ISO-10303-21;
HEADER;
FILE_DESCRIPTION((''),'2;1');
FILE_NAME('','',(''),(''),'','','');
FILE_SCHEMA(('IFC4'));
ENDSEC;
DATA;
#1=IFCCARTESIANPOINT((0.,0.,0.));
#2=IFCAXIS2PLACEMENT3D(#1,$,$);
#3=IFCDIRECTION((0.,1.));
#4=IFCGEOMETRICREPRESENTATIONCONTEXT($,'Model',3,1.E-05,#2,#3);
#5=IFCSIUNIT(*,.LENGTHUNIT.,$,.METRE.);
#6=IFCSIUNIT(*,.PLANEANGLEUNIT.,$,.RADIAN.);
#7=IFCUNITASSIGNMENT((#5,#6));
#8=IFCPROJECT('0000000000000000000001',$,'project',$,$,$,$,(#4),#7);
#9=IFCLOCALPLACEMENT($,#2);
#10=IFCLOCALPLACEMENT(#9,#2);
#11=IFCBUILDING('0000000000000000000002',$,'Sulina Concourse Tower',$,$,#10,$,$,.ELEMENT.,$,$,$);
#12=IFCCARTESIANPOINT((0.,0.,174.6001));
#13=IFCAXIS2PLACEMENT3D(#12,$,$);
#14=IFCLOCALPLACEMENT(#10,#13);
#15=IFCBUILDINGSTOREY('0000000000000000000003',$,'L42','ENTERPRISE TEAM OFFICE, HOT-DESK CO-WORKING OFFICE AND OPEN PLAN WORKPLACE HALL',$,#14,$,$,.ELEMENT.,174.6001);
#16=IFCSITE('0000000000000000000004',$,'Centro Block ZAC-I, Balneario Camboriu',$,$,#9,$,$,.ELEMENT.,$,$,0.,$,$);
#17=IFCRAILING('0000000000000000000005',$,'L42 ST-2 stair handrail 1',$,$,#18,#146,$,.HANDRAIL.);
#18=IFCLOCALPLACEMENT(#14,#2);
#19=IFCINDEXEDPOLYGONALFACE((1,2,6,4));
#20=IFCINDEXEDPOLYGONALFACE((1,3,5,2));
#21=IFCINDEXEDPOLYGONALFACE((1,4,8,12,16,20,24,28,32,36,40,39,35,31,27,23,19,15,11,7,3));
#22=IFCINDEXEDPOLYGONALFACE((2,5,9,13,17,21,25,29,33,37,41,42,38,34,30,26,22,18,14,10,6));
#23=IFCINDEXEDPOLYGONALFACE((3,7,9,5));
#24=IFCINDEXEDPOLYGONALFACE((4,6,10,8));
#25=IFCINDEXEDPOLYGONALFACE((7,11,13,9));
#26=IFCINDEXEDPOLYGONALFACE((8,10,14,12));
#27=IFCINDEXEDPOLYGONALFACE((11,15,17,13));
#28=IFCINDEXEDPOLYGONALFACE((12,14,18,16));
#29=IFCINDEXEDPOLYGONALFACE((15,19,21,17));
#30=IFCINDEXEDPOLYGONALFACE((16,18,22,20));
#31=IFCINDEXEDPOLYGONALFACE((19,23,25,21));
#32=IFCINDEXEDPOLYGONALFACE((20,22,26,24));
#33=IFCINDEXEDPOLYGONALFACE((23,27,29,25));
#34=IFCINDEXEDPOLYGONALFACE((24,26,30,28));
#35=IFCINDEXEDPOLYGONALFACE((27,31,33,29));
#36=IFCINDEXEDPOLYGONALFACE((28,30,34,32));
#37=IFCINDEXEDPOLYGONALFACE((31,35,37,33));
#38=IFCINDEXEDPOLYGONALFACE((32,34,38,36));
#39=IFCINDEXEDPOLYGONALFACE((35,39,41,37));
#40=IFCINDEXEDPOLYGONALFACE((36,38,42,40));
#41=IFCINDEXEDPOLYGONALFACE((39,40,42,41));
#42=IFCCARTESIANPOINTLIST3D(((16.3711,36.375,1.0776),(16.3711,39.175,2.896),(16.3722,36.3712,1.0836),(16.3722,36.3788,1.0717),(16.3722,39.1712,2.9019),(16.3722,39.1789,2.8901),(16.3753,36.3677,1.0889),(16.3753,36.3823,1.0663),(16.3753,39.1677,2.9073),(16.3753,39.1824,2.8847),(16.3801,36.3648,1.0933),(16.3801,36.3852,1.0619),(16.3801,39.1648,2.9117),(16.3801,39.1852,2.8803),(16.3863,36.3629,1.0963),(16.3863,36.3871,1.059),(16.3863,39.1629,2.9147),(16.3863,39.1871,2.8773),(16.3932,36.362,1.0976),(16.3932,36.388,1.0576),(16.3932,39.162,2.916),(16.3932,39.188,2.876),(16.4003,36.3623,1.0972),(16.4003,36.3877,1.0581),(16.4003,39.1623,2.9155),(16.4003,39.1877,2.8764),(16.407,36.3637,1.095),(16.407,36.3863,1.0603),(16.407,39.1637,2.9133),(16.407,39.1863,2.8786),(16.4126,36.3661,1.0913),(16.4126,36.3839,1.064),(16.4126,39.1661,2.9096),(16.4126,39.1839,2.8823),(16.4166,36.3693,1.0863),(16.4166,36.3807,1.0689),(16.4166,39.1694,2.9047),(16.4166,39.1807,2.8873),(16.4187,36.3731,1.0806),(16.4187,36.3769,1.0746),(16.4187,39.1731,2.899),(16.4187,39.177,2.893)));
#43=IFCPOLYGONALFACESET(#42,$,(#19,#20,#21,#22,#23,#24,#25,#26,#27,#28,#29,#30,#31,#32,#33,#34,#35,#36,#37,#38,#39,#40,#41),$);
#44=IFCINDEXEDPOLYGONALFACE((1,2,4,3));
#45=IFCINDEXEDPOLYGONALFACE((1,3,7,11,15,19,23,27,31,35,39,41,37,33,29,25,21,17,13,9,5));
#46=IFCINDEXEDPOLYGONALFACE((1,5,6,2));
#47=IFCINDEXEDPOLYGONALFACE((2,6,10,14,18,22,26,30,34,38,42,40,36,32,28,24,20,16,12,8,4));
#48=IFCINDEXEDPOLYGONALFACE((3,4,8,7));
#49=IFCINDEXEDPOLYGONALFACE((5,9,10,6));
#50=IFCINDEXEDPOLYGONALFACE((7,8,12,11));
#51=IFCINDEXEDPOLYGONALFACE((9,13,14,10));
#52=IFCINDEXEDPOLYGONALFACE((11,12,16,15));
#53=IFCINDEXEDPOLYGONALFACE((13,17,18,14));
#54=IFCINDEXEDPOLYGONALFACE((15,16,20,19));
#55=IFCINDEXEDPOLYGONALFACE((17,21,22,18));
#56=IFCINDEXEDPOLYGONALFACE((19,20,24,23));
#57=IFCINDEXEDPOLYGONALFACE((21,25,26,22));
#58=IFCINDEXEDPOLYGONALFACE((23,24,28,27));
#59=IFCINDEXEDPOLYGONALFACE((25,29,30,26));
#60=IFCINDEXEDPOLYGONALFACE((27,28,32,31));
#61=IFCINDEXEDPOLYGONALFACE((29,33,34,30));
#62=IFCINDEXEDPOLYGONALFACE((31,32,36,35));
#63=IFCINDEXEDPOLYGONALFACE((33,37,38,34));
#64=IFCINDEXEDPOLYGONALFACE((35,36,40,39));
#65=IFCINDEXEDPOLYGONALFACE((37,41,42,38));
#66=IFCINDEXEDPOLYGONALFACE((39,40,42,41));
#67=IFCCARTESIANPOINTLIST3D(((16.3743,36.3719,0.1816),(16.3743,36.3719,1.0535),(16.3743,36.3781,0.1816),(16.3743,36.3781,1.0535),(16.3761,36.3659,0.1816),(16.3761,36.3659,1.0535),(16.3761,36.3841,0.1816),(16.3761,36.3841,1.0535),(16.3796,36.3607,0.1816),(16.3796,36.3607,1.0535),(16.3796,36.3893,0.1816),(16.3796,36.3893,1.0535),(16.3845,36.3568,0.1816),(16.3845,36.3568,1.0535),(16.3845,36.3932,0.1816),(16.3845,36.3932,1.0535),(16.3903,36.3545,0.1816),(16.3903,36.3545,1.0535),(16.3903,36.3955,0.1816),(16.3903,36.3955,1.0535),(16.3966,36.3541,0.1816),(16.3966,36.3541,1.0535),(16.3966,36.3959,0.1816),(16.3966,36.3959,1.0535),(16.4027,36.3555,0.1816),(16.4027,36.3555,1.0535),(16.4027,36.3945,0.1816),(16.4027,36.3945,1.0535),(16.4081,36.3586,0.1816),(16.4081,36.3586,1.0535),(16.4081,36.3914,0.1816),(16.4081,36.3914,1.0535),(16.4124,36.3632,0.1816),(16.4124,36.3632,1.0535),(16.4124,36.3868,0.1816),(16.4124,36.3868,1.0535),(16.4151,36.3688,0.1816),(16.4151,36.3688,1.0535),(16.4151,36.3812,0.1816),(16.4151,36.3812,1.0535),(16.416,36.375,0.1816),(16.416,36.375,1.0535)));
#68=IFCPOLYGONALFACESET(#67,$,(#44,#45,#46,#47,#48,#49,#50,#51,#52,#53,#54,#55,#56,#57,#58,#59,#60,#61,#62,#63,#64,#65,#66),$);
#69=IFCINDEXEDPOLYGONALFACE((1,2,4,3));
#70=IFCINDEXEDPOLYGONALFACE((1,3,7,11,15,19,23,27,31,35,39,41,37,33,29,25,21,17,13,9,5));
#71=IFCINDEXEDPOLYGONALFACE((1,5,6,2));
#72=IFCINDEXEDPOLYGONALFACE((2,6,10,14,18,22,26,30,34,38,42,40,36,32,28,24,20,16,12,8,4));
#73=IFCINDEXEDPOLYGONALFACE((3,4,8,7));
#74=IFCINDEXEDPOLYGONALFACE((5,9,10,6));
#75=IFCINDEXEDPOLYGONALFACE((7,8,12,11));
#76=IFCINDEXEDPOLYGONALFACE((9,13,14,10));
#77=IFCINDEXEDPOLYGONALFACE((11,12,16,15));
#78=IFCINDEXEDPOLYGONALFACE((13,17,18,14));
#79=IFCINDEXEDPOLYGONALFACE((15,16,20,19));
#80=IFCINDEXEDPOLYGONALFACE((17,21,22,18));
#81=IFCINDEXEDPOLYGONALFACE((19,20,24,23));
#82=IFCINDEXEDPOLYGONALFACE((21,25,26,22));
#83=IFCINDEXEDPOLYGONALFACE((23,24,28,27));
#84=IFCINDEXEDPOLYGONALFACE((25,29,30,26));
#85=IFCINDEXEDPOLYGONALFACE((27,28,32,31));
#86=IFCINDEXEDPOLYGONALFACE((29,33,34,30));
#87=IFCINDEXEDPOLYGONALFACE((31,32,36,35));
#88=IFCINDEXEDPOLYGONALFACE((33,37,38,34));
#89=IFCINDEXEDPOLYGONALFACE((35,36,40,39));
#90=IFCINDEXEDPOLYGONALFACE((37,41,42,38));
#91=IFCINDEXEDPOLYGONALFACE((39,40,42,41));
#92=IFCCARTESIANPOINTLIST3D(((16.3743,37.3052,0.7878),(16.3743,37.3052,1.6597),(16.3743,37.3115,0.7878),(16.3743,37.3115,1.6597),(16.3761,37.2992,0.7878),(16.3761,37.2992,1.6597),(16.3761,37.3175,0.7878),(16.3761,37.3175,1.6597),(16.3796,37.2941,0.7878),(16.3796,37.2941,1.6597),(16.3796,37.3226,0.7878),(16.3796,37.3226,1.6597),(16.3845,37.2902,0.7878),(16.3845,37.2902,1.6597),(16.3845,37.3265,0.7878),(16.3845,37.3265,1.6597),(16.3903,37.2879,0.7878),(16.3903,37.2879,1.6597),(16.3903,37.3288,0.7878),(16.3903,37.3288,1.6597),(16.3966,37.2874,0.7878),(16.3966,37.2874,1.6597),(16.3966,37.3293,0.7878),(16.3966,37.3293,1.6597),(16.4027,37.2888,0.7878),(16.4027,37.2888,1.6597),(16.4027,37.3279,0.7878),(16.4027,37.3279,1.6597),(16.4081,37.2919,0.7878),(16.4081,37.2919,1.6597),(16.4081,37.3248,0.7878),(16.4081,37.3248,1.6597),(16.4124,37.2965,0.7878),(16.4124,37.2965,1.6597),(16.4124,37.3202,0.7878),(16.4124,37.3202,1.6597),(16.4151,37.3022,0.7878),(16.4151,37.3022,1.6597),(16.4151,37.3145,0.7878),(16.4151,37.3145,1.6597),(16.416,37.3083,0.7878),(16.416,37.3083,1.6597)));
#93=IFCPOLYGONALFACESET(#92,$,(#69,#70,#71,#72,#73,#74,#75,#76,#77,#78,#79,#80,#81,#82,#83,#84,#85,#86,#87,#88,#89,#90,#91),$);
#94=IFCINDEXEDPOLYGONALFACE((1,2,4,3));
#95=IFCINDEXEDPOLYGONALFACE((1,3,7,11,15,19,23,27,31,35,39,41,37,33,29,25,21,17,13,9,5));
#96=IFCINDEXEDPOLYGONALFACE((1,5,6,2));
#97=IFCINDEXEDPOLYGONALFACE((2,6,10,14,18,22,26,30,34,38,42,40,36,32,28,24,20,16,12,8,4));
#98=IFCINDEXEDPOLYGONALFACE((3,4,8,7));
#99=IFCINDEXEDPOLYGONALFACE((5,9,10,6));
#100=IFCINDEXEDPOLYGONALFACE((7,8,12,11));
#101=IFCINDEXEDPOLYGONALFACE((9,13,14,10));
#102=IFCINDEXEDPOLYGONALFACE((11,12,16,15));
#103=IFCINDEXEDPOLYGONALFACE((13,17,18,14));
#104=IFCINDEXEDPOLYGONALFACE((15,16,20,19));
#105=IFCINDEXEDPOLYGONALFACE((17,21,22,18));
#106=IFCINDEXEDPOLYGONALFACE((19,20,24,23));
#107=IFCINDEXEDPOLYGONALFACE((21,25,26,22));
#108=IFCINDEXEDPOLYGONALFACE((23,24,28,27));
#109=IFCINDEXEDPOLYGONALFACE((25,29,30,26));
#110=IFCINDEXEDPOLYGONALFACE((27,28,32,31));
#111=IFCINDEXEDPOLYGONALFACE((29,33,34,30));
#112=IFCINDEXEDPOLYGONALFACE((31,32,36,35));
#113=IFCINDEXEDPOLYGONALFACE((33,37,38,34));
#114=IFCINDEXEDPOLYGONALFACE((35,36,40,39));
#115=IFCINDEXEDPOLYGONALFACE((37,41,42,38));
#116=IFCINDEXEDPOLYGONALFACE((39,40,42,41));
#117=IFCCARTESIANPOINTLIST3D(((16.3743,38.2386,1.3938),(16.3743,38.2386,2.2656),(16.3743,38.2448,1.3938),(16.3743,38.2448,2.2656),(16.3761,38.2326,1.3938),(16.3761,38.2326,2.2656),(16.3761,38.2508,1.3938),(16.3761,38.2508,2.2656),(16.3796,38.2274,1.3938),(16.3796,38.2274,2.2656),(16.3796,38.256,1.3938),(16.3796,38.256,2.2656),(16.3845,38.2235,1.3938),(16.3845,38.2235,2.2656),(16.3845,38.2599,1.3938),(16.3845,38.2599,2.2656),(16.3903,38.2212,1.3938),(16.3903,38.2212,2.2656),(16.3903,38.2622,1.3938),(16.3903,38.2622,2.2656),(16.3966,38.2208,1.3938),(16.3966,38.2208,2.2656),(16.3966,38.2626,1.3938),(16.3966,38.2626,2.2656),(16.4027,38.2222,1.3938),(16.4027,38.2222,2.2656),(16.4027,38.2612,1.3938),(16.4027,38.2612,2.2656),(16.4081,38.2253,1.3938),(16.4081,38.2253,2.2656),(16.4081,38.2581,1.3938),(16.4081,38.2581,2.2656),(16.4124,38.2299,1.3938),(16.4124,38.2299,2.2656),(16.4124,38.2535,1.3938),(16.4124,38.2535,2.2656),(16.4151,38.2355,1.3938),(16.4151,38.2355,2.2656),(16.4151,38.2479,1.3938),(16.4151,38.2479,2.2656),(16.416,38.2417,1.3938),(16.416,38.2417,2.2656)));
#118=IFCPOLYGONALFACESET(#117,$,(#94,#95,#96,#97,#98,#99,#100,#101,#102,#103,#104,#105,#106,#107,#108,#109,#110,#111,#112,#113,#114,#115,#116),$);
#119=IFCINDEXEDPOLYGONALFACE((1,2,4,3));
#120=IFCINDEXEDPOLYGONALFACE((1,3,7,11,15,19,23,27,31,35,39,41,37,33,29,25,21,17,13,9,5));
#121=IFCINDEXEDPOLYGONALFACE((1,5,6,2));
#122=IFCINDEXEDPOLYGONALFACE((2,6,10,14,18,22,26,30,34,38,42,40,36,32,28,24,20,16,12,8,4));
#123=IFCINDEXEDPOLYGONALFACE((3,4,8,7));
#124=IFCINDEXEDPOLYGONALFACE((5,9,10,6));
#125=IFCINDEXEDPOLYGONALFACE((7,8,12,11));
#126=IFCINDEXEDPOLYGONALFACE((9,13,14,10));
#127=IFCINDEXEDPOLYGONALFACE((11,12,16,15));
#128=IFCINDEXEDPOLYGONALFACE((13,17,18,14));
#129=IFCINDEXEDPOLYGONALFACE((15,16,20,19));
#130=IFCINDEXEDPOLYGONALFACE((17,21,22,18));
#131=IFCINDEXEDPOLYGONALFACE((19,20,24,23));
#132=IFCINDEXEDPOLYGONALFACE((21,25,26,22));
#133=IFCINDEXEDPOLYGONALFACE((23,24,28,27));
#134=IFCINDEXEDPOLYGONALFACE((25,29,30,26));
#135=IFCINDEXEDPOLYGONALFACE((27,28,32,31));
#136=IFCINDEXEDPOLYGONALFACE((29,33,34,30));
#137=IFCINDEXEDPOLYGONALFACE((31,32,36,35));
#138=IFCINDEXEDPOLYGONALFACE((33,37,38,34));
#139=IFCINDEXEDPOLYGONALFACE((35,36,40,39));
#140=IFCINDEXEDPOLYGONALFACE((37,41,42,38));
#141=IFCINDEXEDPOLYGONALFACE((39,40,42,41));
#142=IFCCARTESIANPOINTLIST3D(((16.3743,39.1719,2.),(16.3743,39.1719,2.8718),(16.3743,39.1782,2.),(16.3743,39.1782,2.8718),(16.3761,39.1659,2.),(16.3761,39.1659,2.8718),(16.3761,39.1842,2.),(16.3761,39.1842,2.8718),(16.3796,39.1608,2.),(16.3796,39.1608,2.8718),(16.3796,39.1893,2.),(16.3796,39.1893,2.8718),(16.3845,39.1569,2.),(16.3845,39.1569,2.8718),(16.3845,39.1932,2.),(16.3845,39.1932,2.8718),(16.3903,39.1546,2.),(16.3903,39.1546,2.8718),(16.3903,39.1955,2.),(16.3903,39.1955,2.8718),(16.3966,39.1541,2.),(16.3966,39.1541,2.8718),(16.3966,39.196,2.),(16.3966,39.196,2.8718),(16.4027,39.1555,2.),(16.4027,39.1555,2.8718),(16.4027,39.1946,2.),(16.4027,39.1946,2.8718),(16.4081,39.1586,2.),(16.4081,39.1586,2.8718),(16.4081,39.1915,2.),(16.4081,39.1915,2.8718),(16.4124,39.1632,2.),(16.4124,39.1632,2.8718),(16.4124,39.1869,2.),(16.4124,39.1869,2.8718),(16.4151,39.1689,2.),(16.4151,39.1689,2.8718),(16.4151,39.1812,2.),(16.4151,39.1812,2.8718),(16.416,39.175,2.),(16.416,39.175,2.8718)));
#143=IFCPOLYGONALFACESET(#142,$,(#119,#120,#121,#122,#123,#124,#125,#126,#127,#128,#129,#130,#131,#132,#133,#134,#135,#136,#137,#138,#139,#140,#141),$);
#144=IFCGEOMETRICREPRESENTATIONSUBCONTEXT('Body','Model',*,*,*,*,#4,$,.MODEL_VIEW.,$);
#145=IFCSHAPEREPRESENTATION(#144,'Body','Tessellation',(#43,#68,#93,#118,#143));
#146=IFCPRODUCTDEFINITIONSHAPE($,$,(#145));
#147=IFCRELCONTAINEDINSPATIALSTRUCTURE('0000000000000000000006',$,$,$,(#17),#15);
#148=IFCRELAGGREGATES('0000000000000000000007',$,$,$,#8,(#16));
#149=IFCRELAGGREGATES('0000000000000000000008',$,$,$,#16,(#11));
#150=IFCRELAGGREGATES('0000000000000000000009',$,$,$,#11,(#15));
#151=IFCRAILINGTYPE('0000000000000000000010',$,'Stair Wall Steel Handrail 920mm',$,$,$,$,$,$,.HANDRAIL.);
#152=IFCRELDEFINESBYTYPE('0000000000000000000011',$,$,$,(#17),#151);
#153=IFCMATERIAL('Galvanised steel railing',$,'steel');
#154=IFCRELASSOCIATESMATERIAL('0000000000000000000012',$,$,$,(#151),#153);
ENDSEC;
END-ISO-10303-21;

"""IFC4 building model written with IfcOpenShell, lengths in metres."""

from ifc_helpers import new_model, si_unit, direction, frame, origin, origin_2d, place, context, subcontext, project, spatial, circle, extrude, material, type_object, element, save


model = new_model("IFC4")

# Units and contexts
model_context = context("Model", 3, precision=1e-05, world=origin(), true_north=direction((0.0, 1.0)))
body_context = subcontext(model_context, "Body", "Model", "MODEL_VIEW")
ifc_project = project(units=[si_unit("LENGTHUNIT", "METRE"), si_unit("PLANEANGLEUNIT", "RADIAN")], contexts=[model_context])

# Site, building, storey
site_placement = place(None, origin())
site = spatial("IfcSite", under=ifc_project, at=site_placement, Name="Centro Block ZAC-I, Balneario Camboriu", CompositionType="ELEMENT", RefElevation=0.0)
building_placement = place(site_placement, origin())
building = spatial("IfcBuilding", under=site, at=building_placement, Name="Sulina Concourse Tower", CompositionType="ELEMENT")
storey_placement = place(building_placement, frame((0.0, 0.0, 174.6001)))
storey = spatial("IfcBuildingStorey", under=building, at=storey_placement, Name="L42", Description="ENTERPRISE TEAM OFFICE, HOT-DESK CO-WORKING OFFICE AND OPEN PLAN WORKPLACE HALL", CompositionType="ELEMENT", Elevation=174.6001)

# Railing
ifc_material_1 = material(Name="Galvanised steel railing", Category="steel")
railing_type_1 = type_object("IfcRailingType", Name="Stair Wall Steel Handrail 920mm", PredefinedType="HANDRAIL", material=ifc_material_1)
railing_1_placement = place(storey_placement, frame((16.395, 36.375, 0.1816)))
element("IfcRailing", 1, at=railing_1_placement, inside=storey, type_object=railing_type_1, Name="L42 ST-2 stair handrail 1", PredefinedType="HANDRAIL", context=body_context, shape_type="SweptSolid", body=[
    extrude(circle(Radius=0.0239, at=origin_2d()), frame((0.0, 0.0, 0.896), z_axis=(0.0, 0.838672, 0.544636), x_axis=(-1.0, 0.0, 0.0)), (0.0, 0.0, 1.0), 3.3386),
    extrude(circle(Radius=0.021, at=origin_2d()), origin(), (0.0, 0.0, 1.0), 0.8718),
    extrude(circle(Radius=0.021, at=origin_2d()), frame((0.0, 0.9333, 0.6062)), (0.0, 0.0, 1.0), 0.8718),
    extrude(circle(Radius=0.021, at=origin_2d()), frame((0.0, 1.8667, 1.2122)), (0.0, 0.0, 1.0), 0.8718),
    extrude(circle(Radius=0.021, at=origin_2d()), frame((0.0, 2.8, 1.8184)), (0.0, 0.0, 1.0), 0.8718),
])

save(model, "model.ifc")
